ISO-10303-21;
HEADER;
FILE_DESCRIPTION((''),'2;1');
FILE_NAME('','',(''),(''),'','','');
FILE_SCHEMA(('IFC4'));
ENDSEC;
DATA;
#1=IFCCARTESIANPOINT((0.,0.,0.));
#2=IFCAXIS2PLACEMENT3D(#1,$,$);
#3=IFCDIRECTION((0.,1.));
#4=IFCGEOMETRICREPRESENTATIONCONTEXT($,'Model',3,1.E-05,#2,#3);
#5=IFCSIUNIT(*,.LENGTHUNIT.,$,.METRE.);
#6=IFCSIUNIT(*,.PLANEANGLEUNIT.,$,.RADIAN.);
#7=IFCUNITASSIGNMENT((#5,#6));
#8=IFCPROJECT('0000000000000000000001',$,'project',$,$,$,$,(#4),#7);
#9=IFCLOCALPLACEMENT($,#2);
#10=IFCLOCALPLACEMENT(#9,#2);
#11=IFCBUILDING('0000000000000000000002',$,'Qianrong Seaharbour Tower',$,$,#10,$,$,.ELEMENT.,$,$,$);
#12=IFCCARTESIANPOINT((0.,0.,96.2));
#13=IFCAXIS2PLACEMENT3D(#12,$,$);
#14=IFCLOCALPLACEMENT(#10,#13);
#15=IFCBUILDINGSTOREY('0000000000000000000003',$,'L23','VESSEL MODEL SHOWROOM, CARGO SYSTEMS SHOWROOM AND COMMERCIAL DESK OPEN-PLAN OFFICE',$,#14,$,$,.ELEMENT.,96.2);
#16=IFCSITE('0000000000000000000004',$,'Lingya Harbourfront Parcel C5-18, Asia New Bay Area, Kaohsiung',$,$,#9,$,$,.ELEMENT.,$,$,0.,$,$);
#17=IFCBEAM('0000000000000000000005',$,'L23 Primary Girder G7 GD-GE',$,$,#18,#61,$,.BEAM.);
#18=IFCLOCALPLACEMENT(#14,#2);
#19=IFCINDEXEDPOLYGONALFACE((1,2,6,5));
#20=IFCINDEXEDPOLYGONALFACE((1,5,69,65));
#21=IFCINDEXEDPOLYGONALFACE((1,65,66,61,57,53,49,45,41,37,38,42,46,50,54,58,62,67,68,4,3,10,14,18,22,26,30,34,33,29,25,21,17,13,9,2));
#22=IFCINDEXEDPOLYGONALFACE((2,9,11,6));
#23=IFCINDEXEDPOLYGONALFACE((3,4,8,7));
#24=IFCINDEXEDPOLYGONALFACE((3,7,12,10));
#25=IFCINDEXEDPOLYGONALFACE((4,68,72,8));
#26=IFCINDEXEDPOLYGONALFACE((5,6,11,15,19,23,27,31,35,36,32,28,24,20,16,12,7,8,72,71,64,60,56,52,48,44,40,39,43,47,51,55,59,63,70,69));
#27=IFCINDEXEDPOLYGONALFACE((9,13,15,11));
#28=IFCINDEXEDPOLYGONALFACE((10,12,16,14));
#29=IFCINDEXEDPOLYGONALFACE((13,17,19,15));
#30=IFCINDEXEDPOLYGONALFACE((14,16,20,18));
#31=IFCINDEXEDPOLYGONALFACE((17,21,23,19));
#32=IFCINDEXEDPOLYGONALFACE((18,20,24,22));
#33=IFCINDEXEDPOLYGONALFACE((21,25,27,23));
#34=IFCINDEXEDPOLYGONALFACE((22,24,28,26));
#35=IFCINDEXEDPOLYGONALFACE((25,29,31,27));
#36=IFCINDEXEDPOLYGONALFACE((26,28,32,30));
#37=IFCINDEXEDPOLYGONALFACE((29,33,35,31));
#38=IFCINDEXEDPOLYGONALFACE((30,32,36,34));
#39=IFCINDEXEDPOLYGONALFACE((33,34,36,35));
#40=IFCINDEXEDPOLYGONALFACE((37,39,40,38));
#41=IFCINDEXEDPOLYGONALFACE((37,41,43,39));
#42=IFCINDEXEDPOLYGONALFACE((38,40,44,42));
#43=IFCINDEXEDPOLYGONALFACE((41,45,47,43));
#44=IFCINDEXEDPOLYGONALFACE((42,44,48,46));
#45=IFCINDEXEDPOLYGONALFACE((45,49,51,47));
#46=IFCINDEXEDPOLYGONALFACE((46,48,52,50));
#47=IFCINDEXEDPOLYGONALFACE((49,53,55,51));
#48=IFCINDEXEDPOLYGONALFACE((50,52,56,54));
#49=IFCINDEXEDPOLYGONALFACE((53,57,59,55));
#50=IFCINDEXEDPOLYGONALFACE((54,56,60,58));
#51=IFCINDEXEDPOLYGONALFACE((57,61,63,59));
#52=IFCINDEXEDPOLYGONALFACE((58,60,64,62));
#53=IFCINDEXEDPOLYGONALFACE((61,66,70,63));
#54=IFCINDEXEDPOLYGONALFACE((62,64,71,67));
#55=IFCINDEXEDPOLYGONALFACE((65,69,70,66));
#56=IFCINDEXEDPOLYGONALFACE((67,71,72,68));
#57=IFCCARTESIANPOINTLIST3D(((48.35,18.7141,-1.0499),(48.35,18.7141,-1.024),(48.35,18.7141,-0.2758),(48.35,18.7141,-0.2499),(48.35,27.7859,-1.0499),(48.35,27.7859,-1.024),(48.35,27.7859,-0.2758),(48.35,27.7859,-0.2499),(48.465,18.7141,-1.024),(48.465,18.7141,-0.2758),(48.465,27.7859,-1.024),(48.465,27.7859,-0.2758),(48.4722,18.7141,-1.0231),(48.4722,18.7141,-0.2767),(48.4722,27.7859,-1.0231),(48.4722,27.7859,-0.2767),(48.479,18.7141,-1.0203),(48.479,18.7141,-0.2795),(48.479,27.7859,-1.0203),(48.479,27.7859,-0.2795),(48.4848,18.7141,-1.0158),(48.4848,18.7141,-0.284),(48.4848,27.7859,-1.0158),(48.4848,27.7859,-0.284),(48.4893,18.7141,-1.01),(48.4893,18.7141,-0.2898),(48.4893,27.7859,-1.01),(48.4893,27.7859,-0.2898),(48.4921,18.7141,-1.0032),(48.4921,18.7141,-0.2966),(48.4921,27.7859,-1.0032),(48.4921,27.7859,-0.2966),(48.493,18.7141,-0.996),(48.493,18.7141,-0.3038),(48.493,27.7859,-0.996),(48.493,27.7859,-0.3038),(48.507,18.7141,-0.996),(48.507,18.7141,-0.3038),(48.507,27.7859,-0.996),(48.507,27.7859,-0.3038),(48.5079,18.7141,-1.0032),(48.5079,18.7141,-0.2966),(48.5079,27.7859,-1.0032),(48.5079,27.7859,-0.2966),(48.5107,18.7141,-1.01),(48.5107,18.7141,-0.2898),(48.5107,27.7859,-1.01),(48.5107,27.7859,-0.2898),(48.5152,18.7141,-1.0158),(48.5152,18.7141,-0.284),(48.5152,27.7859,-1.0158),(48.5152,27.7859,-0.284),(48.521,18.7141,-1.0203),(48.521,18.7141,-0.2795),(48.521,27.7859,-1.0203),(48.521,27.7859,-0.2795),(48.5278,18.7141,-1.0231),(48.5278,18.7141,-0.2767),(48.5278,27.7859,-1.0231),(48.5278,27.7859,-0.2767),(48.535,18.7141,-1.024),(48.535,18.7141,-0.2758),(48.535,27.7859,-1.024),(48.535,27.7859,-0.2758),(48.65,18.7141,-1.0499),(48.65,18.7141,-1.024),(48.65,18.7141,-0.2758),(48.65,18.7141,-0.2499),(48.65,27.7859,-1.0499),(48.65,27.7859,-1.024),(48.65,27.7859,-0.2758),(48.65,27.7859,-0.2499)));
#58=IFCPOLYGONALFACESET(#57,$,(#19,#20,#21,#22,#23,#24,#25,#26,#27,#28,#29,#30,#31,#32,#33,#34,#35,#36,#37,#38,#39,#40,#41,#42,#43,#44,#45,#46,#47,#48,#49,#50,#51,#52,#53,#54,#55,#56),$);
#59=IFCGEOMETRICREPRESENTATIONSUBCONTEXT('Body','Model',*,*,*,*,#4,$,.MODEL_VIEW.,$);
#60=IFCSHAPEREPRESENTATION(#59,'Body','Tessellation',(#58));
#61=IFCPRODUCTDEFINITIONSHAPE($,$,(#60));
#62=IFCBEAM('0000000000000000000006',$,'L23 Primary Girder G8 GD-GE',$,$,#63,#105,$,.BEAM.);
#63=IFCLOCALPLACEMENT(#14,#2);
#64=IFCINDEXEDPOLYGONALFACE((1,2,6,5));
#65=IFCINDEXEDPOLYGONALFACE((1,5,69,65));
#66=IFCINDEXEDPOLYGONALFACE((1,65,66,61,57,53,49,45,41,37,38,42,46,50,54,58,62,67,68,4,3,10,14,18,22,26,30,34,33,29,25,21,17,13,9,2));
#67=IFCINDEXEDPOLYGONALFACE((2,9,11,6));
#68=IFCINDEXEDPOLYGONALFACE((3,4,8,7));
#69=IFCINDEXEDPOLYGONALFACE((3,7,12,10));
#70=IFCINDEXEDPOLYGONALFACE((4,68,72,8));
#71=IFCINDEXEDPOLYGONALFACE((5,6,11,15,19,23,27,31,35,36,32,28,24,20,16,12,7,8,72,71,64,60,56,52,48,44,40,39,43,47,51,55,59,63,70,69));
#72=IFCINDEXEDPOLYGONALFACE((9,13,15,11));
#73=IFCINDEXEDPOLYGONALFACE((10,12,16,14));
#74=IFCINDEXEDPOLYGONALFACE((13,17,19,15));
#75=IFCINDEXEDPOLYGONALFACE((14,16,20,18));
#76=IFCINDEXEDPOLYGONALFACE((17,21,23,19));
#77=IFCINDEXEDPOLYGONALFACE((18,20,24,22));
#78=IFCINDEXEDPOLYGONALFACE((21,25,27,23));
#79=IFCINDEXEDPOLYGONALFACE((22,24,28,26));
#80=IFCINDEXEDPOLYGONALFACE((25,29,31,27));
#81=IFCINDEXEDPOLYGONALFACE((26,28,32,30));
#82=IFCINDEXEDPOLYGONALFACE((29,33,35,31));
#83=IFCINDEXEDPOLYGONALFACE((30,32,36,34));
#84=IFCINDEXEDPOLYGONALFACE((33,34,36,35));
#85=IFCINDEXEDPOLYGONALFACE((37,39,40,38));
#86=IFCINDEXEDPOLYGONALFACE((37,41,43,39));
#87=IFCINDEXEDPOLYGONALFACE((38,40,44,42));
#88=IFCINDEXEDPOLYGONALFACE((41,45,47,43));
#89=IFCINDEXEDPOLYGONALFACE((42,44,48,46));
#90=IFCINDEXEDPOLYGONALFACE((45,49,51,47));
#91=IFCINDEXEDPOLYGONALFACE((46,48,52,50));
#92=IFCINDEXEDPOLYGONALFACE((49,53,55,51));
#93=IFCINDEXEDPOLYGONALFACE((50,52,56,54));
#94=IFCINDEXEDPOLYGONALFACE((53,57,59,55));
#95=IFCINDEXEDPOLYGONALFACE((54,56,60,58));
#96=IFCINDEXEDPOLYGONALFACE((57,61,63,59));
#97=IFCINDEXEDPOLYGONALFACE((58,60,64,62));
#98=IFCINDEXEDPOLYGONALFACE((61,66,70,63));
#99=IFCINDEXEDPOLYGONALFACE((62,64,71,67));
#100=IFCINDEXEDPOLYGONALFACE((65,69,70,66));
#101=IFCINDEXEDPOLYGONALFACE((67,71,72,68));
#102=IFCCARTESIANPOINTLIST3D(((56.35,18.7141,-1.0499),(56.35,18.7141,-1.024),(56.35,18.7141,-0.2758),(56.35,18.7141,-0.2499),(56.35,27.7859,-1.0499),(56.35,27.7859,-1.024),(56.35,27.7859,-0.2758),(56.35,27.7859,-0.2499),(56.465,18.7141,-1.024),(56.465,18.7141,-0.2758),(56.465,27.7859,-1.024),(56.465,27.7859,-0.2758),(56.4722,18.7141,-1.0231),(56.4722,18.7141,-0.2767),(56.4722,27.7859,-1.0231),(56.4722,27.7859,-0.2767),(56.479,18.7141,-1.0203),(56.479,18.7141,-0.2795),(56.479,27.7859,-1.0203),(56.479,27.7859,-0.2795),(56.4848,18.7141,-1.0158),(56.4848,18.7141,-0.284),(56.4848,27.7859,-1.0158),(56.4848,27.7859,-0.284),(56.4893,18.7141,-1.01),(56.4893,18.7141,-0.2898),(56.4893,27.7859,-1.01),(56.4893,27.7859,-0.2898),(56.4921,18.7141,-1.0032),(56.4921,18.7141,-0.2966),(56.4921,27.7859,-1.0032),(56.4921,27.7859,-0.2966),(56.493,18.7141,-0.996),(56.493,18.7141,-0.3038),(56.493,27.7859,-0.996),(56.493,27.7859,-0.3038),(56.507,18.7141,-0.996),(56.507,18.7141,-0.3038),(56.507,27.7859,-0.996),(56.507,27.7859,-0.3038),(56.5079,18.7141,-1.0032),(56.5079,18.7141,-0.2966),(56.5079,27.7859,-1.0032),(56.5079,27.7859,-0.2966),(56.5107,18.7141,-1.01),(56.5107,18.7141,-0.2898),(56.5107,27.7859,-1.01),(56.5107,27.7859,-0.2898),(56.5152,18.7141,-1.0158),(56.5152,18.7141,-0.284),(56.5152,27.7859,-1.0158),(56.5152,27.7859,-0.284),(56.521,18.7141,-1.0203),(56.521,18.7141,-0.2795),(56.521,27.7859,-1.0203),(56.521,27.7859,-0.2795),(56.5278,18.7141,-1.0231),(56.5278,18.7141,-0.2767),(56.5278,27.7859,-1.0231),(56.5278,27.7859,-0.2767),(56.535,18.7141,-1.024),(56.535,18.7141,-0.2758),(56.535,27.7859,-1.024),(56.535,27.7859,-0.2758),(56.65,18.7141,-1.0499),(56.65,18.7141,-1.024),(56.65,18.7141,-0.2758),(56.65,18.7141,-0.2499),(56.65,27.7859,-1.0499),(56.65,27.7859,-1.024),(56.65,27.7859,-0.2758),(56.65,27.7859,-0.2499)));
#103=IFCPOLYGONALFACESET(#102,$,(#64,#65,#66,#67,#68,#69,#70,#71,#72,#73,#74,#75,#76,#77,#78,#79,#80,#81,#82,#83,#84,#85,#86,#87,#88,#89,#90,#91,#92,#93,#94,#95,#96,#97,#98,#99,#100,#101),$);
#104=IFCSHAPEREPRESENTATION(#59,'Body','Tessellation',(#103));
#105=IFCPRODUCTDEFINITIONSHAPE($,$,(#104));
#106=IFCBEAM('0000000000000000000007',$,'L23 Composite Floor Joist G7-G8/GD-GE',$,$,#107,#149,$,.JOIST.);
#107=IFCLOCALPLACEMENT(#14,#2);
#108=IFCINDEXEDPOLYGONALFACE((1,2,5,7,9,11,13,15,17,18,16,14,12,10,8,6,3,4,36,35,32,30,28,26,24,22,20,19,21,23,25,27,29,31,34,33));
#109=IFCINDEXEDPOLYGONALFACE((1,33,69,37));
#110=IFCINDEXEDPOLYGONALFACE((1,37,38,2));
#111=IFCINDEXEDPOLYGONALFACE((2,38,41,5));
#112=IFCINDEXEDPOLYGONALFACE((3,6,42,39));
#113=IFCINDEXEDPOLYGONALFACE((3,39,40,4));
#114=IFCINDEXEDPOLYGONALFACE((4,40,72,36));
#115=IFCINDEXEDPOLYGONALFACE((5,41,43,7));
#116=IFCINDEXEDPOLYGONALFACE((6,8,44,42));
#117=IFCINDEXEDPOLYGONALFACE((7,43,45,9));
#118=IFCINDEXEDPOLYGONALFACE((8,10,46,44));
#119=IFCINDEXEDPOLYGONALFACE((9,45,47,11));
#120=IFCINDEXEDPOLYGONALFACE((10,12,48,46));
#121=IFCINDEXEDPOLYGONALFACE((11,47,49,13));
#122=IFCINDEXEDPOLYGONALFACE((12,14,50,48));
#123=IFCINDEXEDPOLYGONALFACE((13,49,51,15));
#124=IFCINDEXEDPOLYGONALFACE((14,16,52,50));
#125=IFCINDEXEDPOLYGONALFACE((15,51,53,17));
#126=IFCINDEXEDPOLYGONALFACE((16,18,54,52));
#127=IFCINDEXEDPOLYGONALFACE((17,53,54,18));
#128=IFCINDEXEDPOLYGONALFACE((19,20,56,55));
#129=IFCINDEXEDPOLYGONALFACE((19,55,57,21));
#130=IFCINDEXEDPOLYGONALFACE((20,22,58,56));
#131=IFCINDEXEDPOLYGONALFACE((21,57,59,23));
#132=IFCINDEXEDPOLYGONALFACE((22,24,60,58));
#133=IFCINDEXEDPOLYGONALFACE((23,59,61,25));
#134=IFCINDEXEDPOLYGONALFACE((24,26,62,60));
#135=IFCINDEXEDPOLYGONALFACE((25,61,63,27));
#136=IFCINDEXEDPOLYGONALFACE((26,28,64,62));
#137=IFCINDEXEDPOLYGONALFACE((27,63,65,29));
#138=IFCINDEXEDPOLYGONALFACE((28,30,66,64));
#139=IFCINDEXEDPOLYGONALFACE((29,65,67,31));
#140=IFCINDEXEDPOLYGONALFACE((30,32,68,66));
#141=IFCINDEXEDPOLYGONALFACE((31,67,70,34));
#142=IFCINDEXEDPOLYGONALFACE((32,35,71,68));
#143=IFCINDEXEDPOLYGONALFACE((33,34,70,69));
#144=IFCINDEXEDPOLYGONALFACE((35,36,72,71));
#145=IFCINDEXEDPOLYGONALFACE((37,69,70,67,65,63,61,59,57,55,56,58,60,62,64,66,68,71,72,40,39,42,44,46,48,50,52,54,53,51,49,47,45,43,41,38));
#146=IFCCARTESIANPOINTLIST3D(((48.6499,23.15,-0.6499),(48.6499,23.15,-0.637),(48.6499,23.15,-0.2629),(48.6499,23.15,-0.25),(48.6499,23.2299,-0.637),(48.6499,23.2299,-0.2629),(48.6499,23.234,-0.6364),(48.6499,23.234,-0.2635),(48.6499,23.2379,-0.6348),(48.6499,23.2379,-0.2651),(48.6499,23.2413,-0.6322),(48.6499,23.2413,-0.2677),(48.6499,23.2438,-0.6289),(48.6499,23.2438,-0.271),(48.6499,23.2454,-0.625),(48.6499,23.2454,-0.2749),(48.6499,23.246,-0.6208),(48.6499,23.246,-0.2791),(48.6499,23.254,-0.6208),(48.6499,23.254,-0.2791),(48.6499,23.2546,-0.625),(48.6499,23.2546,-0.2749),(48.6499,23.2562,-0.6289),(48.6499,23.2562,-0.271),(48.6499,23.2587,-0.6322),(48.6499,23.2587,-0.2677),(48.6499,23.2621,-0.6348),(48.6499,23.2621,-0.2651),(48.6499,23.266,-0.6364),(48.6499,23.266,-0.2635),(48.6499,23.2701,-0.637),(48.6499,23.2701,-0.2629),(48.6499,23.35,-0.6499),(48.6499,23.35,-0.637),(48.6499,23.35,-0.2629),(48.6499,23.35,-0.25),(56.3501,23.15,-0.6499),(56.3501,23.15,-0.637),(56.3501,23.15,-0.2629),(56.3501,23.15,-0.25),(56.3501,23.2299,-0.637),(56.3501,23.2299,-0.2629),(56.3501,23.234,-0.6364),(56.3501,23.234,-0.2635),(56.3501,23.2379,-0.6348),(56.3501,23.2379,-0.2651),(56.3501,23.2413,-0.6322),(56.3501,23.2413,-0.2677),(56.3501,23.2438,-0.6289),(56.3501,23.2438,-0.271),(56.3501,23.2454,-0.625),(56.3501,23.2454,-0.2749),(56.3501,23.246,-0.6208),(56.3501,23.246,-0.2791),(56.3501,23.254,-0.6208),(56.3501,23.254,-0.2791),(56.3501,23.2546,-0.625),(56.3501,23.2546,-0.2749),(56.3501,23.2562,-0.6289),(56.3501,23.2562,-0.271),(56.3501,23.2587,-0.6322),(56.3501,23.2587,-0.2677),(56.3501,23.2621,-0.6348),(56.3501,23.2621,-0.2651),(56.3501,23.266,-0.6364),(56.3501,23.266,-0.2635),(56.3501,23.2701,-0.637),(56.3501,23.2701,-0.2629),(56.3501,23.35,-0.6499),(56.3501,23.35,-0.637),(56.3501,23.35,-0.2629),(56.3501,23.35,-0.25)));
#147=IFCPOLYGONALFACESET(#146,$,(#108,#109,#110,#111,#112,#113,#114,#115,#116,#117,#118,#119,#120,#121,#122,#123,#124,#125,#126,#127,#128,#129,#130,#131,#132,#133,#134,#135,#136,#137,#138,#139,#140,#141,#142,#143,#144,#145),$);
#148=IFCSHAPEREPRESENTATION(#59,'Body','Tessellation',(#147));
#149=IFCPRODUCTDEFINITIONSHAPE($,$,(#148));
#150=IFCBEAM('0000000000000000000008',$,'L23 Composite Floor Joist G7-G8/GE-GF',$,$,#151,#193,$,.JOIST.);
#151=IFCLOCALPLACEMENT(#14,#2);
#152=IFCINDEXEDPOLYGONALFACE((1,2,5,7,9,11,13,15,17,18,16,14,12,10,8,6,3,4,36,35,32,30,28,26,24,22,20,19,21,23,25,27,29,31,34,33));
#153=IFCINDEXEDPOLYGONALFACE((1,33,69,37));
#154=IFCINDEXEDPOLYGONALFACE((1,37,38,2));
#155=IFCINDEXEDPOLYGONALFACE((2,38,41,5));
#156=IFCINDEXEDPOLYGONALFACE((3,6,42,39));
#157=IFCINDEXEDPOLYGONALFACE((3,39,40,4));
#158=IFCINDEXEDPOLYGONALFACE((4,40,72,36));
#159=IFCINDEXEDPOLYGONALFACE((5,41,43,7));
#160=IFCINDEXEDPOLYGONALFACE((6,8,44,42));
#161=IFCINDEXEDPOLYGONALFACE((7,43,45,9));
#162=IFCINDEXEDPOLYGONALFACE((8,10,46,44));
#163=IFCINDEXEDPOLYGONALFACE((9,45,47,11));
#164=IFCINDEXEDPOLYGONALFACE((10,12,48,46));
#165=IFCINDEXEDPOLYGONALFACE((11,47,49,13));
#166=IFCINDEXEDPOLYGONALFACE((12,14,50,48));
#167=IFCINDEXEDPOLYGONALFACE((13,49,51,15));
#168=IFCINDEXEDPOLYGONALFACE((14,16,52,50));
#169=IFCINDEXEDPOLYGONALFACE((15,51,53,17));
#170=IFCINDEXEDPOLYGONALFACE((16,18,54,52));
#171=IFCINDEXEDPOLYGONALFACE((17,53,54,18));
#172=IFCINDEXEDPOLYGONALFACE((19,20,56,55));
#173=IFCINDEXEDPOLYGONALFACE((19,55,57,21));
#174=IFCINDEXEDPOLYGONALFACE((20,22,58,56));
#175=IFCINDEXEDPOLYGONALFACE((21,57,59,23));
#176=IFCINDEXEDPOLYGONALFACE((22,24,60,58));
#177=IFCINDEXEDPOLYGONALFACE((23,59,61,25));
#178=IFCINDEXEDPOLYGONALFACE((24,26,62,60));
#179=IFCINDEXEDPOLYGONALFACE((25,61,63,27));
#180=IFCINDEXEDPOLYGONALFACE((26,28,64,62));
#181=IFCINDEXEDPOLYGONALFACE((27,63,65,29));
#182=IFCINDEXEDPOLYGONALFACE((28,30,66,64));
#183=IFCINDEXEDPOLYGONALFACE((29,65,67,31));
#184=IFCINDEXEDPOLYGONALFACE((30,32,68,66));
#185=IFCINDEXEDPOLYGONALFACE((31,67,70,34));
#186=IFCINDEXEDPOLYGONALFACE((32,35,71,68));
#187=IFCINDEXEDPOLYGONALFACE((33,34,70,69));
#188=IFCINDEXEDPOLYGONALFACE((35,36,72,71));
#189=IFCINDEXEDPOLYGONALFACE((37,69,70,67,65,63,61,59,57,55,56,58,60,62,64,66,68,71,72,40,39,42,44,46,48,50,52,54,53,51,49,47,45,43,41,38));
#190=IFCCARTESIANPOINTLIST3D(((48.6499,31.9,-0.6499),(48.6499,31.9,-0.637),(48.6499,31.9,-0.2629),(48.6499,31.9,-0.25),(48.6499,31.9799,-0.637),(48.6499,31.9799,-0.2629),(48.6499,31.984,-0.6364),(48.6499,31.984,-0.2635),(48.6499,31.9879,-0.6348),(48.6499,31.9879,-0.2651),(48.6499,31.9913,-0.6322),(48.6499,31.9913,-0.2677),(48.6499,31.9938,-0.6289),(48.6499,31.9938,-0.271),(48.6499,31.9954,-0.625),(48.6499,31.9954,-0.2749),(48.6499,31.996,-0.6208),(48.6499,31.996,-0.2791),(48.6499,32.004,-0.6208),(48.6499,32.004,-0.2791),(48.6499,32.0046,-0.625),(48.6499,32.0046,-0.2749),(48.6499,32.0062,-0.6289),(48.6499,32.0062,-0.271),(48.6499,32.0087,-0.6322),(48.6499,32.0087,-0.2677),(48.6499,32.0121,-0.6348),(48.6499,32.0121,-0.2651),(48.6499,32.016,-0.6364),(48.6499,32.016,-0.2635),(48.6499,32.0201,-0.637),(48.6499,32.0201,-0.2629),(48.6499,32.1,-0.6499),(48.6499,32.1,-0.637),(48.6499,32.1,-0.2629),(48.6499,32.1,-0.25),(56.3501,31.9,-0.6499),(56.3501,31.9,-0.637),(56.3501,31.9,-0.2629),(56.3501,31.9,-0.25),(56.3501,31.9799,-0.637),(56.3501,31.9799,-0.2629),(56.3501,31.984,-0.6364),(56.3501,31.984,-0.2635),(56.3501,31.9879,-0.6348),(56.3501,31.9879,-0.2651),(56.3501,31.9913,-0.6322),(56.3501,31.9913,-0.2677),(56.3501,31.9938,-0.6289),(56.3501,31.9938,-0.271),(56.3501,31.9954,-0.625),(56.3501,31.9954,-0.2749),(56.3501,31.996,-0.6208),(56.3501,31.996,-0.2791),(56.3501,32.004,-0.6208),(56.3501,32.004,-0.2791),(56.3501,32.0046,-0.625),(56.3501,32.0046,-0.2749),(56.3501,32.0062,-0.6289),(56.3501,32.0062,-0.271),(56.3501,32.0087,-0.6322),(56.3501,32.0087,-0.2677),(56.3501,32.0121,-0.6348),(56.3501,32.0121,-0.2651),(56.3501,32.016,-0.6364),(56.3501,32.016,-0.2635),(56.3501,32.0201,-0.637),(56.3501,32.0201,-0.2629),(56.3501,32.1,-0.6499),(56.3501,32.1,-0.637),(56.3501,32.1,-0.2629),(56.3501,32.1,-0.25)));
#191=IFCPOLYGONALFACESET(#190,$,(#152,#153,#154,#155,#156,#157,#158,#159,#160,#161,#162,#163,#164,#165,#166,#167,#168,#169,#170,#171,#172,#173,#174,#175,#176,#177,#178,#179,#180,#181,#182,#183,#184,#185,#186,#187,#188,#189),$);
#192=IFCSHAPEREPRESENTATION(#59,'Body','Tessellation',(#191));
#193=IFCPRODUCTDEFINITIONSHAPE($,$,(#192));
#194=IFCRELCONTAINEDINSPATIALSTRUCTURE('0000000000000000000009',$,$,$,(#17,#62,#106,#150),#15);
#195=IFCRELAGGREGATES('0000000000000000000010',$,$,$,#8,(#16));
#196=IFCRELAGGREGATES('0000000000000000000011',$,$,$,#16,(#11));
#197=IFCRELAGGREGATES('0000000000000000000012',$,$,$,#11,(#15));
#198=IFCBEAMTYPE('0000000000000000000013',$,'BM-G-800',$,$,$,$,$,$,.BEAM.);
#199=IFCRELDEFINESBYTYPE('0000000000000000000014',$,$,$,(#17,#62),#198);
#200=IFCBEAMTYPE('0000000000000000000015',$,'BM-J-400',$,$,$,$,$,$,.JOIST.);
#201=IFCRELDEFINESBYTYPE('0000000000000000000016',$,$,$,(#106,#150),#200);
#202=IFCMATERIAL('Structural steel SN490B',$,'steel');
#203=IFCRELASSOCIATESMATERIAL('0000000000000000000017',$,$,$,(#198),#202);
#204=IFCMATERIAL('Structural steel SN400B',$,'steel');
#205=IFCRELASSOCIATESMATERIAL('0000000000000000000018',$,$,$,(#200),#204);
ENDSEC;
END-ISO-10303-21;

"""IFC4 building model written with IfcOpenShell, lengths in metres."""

from ifc_helpers import new_model, si_unit, direction, frame, origin, origin_2d, place, context, subcontext, project, spatial, i_section, extrude, material, material_profile, profile_set, type_object, element, save


model = new_model("IFC4")

# Units and contexts
model_context = context("Model", 3, precision=1e-05, world=origin(), true_north=direction((0.0, 1.0)))
body_context = subcontext(model_context, "Body", "Model", "MODEL_VIEW")
ifc_project = project(units=[si_unit("LENGTHUNIT", "METRE"), si_unit("PLANEANGLEUNIT", "RADIAN")], contexts=[model_context])

# Site, building, storey
site_placement = place(None, origin())
site = spatial("IfcSite", under=ifc_project, at=site_placement, Name="Lingya Harbourfront Parcel C5-18, Asia New Bay Area, Kaohsiung", CompositionType="ELEMENT", RefElevation=0.0)
building_placement = place(site_placement, origin())
building = spatial("IfcBuilding", under=site, at=building_placement, Name="Qianrong Seaharbour Tower", CompositionType="ELEMENT")
storey_placement = place(building_placement, frame((0.0, 0.0, 96.2)))
storey = spatial("IfcBuildingStorey", under=building, at=storey_placement, Name="L23", Description="VESSEL MODEL SHOWROOM, CARGO SYSTEMS SHOWROOM AND COMMERCIAL DESK OPEN-PLAN OFFICE", CompositionType="ELEMENT", Elevation=96.2)

# Shared definitions
ifc_material_1 = material(Name="Structural steel SN490B", Category="steel")

# Beams
ifc_material_profile_1 = material_profile(ifc_material_1, i_section(OverallWidth=0.3, OverallDepth=0.8, WebThickness=0.0139, FlangeThickness=0.0259, FilletRadius=0.0281, at=origin_2d()), Name="H800x300x14x26")
ifc_profile_set_1 = profile_set([ifc_material_profile_1], Name="Structural steel SN490B")
beam_type_1 = type_object("IfcBeamType", Name="BM-G-800", PredefinedType="BEAM", material=ifc_profile_set_1)
for number, where, z_axis, x_axis, name in (
    (1, (48.5, 18.7141, -0.6499), (0.0, 1.0, 0.0), (-1.0, 0.0, 0.0), "L23 Primary Girder G7 GD-GE"),
    (2, (56.5, 18.7141, -0.6499), (0.0, 1.0, 0.0), (-1.0, 0.0, 0.0), "L23 Primary Girder G8 GD-GE"),
):
    element("IfcBeam", number, at=place(storey_placement, frame(where, z_axis=z_axis, x_axis=x_axis)), inside=storey, type_object=beam_type_1, Name=name, PredefinedType="BEAM", context=body_context, shape_type="SweptSolid", body=[
        extrude(i_section(OverallWidth=0.3, OverallDepth=0.8, WebThickness=0.0139, FlangeThickness=0.0259, FilletRadius=0.0281, at=origin_2d()), origin(), (0.0, 0.0, 1.0), 9.0718),
    ])
ifc_material_2 = material(Name="Structural steel SN400B", Category="steel")
ifc_material_profile_2 = material_profile(ifc_material_2, i_section(OverallWidth=0.2, OverallDepth=0.3999, WebThickness=0.0081, FlangeThickness=0.0129, FilletRadius=0.0161, at=origin_2d()), Name="H400x200x8x13")
ifc_profile_set_2 = profile_set([ifc_material_profile_2], Name="Structural steel SN400B")
beam_type_2 = type_object("IfcBeamType", Name="BM-J-400", PredefinedType="JOIST", material=ifc_profile_set_2)
for number, where, z_axis, x_axis, name in (
    (3, (48.6499, 23.25, -0.45), (1.0, 0.0, 0.0), (0.0, 1.0, 0.0), "L23 Composite Floor Joist G7-G8/GD-GE"),
    (4, (48.6499, 32.0, -0.45), (1.0, 0.0, 0.0), (0.0, 1.0, 0.0), "L23 Composite Floor Joist G7-G8/GE-GF"),
):
    element("IfcBeam", number, at=place(storey_placement, frame(where, z_axis=z_axis, x_axis=x_axis)), inside=storey, type_object=beam_type_2, Name=name, PredefinedType="JOIST", context=body_context, shape_type="SweptSolid", body=[
        extrude(i_section(OverallWidth=0.2, OverallDepth=0.3999, WebThickness=0.0081, FlangeThickness=0.0129, FilletRadius=0.0161, at=origin_2d()), origin(), (0.0, 0.0, 1.0), 7.7002),
    ])

save(model, "model.ifc")
